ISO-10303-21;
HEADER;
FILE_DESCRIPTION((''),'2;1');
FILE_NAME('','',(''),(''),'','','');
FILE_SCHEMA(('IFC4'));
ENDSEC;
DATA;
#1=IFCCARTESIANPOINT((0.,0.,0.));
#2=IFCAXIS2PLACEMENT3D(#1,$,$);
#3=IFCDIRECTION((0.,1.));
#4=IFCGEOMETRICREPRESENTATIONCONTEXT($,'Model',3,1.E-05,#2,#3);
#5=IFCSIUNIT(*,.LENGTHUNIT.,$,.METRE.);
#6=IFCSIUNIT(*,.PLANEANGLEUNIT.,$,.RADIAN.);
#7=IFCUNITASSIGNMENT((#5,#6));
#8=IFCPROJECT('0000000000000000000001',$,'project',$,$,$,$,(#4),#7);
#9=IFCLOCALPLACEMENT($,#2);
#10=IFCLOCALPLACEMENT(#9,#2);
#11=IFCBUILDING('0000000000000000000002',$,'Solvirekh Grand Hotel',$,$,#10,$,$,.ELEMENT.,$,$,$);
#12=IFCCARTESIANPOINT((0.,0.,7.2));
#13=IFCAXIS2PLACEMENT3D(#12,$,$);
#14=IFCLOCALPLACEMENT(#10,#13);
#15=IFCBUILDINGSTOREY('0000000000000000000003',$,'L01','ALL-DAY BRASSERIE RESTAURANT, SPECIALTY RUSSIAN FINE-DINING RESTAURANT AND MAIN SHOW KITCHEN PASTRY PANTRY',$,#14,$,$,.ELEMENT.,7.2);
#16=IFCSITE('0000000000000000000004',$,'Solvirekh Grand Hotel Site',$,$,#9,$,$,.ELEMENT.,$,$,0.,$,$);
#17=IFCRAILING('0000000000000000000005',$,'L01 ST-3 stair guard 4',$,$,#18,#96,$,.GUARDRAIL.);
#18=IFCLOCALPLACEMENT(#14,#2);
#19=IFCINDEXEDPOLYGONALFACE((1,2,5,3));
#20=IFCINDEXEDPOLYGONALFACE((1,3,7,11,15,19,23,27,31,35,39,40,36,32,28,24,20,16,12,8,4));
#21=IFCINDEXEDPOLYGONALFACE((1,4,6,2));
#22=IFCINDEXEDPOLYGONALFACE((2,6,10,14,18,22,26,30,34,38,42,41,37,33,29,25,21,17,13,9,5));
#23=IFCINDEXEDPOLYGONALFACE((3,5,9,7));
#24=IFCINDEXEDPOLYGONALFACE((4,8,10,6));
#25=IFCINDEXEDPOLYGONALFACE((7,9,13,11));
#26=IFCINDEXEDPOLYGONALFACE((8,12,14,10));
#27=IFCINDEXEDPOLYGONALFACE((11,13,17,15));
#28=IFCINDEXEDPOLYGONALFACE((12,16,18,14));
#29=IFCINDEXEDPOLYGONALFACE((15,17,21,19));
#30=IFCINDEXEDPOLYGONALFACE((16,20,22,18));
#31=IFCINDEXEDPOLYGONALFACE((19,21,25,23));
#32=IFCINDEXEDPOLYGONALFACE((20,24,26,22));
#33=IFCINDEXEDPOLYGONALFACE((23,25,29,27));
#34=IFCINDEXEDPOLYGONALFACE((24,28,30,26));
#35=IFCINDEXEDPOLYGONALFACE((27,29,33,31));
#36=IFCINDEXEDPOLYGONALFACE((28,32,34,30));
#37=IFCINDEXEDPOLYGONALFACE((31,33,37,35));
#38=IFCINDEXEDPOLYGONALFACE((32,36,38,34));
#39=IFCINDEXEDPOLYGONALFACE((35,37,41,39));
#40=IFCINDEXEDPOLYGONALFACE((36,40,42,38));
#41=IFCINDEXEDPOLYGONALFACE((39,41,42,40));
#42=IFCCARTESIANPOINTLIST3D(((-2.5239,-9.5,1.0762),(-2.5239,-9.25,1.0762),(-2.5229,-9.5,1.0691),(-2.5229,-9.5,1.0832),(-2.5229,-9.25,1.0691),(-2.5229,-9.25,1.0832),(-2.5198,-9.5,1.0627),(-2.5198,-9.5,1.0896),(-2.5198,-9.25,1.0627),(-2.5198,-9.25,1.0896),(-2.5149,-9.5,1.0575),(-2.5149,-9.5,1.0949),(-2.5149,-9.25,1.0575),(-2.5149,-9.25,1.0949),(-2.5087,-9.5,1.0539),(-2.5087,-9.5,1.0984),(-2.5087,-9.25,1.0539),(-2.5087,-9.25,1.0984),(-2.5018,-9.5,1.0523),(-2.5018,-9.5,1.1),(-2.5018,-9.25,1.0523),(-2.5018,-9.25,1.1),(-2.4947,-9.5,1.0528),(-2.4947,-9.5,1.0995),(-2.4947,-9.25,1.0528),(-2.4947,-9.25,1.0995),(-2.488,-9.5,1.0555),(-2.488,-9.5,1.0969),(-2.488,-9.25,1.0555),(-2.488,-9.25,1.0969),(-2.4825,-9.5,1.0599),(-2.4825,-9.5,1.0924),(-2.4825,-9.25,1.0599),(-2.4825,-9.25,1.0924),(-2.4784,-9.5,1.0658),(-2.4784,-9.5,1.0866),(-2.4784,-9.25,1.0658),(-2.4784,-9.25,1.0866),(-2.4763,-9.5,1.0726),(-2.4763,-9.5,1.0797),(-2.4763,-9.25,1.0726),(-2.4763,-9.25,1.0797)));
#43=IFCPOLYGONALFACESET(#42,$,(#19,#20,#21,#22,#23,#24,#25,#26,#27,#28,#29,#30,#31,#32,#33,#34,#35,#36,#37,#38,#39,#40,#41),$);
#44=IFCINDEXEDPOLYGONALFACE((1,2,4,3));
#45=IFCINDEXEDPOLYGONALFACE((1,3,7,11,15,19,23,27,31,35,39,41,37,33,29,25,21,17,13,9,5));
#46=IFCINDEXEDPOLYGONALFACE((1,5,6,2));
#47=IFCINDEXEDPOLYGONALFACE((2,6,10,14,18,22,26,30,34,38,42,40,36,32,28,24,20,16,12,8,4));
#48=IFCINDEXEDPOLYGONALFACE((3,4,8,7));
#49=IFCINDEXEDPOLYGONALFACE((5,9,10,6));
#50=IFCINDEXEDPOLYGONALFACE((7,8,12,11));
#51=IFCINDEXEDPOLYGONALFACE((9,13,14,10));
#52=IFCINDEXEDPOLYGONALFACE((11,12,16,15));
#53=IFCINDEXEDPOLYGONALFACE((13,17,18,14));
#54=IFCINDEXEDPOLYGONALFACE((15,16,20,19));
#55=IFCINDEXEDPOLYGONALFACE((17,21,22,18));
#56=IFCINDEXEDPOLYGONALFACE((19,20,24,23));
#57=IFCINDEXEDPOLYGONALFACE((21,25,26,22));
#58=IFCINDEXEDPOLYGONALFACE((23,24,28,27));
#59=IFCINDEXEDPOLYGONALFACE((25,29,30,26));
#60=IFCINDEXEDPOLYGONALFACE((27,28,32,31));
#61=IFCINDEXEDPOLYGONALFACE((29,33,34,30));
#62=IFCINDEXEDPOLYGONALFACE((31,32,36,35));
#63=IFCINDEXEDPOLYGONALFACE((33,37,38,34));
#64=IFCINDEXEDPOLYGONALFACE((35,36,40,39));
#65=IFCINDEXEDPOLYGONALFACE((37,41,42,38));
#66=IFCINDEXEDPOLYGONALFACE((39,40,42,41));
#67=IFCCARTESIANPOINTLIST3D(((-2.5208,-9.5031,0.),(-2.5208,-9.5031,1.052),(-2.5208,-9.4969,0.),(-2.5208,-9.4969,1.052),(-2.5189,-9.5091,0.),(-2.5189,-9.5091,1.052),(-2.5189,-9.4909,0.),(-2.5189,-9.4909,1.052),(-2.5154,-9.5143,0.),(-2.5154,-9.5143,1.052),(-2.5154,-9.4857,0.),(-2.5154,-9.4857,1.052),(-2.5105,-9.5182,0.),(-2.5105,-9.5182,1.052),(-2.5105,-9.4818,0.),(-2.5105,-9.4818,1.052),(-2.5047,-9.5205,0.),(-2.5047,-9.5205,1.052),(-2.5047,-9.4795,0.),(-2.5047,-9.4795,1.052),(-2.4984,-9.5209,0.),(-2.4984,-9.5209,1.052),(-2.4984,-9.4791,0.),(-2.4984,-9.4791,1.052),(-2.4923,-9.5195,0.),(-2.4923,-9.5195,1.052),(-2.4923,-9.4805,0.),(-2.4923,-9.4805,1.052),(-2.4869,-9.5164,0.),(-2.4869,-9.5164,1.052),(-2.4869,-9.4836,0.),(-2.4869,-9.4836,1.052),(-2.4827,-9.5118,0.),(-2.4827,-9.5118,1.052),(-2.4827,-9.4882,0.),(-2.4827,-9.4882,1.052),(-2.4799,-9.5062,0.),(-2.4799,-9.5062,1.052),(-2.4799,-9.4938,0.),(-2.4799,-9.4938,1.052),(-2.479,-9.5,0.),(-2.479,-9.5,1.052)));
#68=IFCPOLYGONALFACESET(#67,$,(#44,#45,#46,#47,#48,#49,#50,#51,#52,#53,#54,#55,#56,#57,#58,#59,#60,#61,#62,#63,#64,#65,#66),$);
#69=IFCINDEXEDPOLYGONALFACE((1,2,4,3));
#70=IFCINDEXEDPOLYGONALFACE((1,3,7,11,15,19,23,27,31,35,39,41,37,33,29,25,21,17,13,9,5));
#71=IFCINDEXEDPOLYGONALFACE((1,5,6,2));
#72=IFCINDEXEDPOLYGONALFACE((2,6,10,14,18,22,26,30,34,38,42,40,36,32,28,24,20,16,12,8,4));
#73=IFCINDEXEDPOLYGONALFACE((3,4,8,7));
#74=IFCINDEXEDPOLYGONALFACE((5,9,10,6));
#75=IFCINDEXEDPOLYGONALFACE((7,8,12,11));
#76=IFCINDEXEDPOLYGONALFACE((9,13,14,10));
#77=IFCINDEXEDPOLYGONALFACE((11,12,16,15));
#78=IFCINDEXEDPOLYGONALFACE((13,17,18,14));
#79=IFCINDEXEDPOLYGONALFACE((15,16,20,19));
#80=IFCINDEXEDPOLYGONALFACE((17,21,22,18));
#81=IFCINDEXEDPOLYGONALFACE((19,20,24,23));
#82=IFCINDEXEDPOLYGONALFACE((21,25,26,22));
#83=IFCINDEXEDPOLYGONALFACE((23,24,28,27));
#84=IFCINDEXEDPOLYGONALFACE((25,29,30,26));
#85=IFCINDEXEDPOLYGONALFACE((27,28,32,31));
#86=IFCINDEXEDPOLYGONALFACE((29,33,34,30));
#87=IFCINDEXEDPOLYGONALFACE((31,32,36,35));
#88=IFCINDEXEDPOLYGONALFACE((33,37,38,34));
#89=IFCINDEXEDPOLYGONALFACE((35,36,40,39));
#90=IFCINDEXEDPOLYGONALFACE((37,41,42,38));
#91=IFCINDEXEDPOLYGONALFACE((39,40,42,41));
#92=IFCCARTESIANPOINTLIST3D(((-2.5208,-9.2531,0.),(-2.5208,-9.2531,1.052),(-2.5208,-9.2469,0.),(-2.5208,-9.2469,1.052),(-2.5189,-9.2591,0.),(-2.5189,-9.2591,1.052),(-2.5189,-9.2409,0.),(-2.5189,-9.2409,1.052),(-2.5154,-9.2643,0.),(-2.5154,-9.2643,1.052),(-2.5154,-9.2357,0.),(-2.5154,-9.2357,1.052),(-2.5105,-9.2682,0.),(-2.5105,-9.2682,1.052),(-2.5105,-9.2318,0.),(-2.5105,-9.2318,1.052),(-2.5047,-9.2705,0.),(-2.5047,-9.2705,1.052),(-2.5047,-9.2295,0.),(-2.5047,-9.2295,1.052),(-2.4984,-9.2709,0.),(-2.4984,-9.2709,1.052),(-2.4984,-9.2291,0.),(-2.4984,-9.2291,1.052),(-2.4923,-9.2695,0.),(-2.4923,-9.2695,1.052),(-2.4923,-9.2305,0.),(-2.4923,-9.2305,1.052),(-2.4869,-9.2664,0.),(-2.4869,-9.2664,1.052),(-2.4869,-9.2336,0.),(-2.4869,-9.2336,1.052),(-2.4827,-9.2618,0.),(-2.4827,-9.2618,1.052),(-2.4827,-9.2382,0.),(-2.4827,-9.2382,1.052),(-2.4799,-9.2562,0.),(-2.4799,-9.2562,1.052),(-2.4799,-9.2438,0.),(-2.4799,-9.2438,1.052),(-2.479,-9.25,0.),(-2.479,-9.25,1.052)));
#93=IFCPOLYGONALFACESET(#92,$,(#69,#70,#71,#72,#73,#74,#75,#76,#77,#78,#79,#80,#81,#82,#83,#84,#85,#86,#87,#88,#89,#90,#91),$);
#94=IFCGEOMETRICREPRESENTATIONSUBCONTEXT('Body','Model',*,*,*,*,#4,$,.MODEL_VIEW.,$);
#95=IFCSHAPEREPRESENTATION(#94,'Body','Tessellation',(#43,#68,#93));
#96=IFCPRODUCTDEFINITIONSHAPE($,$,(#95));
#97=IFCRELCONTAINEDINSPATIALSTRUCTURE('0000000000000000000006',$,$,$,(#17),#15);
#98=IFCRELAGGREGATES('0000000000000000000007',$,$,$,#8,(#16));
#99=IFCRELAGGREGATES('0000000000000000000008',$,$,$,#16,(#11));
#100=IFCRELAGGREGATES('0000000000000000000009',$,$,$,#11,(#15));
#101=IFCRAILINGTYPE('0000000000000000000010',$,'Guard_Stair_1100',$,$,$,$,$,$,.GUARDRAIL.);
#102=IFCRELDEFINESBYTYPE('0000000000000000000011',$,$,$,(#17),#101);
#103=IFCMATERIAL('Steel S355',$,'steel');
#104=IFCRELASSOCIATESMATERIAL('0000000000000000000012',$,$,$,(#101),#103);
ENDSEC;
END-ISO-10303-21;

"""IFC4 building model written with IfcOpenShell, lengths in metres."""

from ifc_helpers import new_model, si_unit, direction, frame, origin, origin_2d, place, context, subcontext, project, spatial, circle, extrude, material, type_object, element, save


model = new_model("IFC4")

# Units and contexts
model_context = context("Model", 3, precision=1e-05, world=origin(), true_north=direction((0.0, 1.0)))
body_context = subcontext(model_context, "Body", "Model", "MODEL_VIEW")
ifc_project = project(units=[si_unit("LENGTHUNIT", "METRE"), si_unit("PLANEANGLEUNIT", "RADIAN")], contexts=[model_context])

# Site, building, storey
site_placement = place(None, origin())
site = spatial("IfcSite", under=ifc_project, at=site_placement, Name="Solvirekh Grand Hotel Site", CompositionType="ELEMENT", RefElevation=0.0)
building_placement = place(site_placement, origin())
building = spatial("IfcBuilding", under=site, at=building_placement, Name="Solvirekh Grand Hotel", CompositionType="ELEMENT")
storey_placement = place(building_placement, frame((0.0, 0.0, 7.2)))
storey = spatial("IfcBuildingStorey", under=building, at=storey_placement, Name="L01", Description="ALL-DAY BRASSERIE RESTAURANT, SPECIALTY RUSSIAN FINE-DINING RESTAURANT AND MAIN SHOW KITCHEN PASTRY PANTRY", CompositionType="ELEMENT", Elevation=7.2)

# Shared definitions
ifc_material_1 = material(Name="Steel S355", Category="steel")

# Railing
railing_type_1 = type_object("IfcRailingType", Name="Guard_Stair_1100", PredefinedType="GUARDRAIL", material=ifc_material_1)
railing_1_placement = place(storey_placement, frame((-2.5, -9.5, 0.0)))
element("IfcRailing", 1, at=railing_1_placement, inside=storey, type_object=railing_type_1, Name="L01 ST-3 stair guard 4", PredefinedType="GUARDRAIL", context=body_context, shape_type="SweptSolid", body=[
    extrude(circle(Radius=0.0239, at=origin_2d()), frame((0.0, 0.0, 1.0762), z_axis=(0.0, 1.0, 0.0), x_axis=(-1.0, 0.0, 0.0)), (0.0, 0.0, 1.0), 0.25),
    extrude(circle(Radius=0.021, at=origin_2d()), origin(), (0.0, 0.0, 1.0), 1.052),
    extrude(circle(Radius=0.021, at=origin_2d()), frame((0.0, 0.25, 0.0)), (0.0, 0.0, 1.0), 1.052),
])

save(model, "model.ifc")
